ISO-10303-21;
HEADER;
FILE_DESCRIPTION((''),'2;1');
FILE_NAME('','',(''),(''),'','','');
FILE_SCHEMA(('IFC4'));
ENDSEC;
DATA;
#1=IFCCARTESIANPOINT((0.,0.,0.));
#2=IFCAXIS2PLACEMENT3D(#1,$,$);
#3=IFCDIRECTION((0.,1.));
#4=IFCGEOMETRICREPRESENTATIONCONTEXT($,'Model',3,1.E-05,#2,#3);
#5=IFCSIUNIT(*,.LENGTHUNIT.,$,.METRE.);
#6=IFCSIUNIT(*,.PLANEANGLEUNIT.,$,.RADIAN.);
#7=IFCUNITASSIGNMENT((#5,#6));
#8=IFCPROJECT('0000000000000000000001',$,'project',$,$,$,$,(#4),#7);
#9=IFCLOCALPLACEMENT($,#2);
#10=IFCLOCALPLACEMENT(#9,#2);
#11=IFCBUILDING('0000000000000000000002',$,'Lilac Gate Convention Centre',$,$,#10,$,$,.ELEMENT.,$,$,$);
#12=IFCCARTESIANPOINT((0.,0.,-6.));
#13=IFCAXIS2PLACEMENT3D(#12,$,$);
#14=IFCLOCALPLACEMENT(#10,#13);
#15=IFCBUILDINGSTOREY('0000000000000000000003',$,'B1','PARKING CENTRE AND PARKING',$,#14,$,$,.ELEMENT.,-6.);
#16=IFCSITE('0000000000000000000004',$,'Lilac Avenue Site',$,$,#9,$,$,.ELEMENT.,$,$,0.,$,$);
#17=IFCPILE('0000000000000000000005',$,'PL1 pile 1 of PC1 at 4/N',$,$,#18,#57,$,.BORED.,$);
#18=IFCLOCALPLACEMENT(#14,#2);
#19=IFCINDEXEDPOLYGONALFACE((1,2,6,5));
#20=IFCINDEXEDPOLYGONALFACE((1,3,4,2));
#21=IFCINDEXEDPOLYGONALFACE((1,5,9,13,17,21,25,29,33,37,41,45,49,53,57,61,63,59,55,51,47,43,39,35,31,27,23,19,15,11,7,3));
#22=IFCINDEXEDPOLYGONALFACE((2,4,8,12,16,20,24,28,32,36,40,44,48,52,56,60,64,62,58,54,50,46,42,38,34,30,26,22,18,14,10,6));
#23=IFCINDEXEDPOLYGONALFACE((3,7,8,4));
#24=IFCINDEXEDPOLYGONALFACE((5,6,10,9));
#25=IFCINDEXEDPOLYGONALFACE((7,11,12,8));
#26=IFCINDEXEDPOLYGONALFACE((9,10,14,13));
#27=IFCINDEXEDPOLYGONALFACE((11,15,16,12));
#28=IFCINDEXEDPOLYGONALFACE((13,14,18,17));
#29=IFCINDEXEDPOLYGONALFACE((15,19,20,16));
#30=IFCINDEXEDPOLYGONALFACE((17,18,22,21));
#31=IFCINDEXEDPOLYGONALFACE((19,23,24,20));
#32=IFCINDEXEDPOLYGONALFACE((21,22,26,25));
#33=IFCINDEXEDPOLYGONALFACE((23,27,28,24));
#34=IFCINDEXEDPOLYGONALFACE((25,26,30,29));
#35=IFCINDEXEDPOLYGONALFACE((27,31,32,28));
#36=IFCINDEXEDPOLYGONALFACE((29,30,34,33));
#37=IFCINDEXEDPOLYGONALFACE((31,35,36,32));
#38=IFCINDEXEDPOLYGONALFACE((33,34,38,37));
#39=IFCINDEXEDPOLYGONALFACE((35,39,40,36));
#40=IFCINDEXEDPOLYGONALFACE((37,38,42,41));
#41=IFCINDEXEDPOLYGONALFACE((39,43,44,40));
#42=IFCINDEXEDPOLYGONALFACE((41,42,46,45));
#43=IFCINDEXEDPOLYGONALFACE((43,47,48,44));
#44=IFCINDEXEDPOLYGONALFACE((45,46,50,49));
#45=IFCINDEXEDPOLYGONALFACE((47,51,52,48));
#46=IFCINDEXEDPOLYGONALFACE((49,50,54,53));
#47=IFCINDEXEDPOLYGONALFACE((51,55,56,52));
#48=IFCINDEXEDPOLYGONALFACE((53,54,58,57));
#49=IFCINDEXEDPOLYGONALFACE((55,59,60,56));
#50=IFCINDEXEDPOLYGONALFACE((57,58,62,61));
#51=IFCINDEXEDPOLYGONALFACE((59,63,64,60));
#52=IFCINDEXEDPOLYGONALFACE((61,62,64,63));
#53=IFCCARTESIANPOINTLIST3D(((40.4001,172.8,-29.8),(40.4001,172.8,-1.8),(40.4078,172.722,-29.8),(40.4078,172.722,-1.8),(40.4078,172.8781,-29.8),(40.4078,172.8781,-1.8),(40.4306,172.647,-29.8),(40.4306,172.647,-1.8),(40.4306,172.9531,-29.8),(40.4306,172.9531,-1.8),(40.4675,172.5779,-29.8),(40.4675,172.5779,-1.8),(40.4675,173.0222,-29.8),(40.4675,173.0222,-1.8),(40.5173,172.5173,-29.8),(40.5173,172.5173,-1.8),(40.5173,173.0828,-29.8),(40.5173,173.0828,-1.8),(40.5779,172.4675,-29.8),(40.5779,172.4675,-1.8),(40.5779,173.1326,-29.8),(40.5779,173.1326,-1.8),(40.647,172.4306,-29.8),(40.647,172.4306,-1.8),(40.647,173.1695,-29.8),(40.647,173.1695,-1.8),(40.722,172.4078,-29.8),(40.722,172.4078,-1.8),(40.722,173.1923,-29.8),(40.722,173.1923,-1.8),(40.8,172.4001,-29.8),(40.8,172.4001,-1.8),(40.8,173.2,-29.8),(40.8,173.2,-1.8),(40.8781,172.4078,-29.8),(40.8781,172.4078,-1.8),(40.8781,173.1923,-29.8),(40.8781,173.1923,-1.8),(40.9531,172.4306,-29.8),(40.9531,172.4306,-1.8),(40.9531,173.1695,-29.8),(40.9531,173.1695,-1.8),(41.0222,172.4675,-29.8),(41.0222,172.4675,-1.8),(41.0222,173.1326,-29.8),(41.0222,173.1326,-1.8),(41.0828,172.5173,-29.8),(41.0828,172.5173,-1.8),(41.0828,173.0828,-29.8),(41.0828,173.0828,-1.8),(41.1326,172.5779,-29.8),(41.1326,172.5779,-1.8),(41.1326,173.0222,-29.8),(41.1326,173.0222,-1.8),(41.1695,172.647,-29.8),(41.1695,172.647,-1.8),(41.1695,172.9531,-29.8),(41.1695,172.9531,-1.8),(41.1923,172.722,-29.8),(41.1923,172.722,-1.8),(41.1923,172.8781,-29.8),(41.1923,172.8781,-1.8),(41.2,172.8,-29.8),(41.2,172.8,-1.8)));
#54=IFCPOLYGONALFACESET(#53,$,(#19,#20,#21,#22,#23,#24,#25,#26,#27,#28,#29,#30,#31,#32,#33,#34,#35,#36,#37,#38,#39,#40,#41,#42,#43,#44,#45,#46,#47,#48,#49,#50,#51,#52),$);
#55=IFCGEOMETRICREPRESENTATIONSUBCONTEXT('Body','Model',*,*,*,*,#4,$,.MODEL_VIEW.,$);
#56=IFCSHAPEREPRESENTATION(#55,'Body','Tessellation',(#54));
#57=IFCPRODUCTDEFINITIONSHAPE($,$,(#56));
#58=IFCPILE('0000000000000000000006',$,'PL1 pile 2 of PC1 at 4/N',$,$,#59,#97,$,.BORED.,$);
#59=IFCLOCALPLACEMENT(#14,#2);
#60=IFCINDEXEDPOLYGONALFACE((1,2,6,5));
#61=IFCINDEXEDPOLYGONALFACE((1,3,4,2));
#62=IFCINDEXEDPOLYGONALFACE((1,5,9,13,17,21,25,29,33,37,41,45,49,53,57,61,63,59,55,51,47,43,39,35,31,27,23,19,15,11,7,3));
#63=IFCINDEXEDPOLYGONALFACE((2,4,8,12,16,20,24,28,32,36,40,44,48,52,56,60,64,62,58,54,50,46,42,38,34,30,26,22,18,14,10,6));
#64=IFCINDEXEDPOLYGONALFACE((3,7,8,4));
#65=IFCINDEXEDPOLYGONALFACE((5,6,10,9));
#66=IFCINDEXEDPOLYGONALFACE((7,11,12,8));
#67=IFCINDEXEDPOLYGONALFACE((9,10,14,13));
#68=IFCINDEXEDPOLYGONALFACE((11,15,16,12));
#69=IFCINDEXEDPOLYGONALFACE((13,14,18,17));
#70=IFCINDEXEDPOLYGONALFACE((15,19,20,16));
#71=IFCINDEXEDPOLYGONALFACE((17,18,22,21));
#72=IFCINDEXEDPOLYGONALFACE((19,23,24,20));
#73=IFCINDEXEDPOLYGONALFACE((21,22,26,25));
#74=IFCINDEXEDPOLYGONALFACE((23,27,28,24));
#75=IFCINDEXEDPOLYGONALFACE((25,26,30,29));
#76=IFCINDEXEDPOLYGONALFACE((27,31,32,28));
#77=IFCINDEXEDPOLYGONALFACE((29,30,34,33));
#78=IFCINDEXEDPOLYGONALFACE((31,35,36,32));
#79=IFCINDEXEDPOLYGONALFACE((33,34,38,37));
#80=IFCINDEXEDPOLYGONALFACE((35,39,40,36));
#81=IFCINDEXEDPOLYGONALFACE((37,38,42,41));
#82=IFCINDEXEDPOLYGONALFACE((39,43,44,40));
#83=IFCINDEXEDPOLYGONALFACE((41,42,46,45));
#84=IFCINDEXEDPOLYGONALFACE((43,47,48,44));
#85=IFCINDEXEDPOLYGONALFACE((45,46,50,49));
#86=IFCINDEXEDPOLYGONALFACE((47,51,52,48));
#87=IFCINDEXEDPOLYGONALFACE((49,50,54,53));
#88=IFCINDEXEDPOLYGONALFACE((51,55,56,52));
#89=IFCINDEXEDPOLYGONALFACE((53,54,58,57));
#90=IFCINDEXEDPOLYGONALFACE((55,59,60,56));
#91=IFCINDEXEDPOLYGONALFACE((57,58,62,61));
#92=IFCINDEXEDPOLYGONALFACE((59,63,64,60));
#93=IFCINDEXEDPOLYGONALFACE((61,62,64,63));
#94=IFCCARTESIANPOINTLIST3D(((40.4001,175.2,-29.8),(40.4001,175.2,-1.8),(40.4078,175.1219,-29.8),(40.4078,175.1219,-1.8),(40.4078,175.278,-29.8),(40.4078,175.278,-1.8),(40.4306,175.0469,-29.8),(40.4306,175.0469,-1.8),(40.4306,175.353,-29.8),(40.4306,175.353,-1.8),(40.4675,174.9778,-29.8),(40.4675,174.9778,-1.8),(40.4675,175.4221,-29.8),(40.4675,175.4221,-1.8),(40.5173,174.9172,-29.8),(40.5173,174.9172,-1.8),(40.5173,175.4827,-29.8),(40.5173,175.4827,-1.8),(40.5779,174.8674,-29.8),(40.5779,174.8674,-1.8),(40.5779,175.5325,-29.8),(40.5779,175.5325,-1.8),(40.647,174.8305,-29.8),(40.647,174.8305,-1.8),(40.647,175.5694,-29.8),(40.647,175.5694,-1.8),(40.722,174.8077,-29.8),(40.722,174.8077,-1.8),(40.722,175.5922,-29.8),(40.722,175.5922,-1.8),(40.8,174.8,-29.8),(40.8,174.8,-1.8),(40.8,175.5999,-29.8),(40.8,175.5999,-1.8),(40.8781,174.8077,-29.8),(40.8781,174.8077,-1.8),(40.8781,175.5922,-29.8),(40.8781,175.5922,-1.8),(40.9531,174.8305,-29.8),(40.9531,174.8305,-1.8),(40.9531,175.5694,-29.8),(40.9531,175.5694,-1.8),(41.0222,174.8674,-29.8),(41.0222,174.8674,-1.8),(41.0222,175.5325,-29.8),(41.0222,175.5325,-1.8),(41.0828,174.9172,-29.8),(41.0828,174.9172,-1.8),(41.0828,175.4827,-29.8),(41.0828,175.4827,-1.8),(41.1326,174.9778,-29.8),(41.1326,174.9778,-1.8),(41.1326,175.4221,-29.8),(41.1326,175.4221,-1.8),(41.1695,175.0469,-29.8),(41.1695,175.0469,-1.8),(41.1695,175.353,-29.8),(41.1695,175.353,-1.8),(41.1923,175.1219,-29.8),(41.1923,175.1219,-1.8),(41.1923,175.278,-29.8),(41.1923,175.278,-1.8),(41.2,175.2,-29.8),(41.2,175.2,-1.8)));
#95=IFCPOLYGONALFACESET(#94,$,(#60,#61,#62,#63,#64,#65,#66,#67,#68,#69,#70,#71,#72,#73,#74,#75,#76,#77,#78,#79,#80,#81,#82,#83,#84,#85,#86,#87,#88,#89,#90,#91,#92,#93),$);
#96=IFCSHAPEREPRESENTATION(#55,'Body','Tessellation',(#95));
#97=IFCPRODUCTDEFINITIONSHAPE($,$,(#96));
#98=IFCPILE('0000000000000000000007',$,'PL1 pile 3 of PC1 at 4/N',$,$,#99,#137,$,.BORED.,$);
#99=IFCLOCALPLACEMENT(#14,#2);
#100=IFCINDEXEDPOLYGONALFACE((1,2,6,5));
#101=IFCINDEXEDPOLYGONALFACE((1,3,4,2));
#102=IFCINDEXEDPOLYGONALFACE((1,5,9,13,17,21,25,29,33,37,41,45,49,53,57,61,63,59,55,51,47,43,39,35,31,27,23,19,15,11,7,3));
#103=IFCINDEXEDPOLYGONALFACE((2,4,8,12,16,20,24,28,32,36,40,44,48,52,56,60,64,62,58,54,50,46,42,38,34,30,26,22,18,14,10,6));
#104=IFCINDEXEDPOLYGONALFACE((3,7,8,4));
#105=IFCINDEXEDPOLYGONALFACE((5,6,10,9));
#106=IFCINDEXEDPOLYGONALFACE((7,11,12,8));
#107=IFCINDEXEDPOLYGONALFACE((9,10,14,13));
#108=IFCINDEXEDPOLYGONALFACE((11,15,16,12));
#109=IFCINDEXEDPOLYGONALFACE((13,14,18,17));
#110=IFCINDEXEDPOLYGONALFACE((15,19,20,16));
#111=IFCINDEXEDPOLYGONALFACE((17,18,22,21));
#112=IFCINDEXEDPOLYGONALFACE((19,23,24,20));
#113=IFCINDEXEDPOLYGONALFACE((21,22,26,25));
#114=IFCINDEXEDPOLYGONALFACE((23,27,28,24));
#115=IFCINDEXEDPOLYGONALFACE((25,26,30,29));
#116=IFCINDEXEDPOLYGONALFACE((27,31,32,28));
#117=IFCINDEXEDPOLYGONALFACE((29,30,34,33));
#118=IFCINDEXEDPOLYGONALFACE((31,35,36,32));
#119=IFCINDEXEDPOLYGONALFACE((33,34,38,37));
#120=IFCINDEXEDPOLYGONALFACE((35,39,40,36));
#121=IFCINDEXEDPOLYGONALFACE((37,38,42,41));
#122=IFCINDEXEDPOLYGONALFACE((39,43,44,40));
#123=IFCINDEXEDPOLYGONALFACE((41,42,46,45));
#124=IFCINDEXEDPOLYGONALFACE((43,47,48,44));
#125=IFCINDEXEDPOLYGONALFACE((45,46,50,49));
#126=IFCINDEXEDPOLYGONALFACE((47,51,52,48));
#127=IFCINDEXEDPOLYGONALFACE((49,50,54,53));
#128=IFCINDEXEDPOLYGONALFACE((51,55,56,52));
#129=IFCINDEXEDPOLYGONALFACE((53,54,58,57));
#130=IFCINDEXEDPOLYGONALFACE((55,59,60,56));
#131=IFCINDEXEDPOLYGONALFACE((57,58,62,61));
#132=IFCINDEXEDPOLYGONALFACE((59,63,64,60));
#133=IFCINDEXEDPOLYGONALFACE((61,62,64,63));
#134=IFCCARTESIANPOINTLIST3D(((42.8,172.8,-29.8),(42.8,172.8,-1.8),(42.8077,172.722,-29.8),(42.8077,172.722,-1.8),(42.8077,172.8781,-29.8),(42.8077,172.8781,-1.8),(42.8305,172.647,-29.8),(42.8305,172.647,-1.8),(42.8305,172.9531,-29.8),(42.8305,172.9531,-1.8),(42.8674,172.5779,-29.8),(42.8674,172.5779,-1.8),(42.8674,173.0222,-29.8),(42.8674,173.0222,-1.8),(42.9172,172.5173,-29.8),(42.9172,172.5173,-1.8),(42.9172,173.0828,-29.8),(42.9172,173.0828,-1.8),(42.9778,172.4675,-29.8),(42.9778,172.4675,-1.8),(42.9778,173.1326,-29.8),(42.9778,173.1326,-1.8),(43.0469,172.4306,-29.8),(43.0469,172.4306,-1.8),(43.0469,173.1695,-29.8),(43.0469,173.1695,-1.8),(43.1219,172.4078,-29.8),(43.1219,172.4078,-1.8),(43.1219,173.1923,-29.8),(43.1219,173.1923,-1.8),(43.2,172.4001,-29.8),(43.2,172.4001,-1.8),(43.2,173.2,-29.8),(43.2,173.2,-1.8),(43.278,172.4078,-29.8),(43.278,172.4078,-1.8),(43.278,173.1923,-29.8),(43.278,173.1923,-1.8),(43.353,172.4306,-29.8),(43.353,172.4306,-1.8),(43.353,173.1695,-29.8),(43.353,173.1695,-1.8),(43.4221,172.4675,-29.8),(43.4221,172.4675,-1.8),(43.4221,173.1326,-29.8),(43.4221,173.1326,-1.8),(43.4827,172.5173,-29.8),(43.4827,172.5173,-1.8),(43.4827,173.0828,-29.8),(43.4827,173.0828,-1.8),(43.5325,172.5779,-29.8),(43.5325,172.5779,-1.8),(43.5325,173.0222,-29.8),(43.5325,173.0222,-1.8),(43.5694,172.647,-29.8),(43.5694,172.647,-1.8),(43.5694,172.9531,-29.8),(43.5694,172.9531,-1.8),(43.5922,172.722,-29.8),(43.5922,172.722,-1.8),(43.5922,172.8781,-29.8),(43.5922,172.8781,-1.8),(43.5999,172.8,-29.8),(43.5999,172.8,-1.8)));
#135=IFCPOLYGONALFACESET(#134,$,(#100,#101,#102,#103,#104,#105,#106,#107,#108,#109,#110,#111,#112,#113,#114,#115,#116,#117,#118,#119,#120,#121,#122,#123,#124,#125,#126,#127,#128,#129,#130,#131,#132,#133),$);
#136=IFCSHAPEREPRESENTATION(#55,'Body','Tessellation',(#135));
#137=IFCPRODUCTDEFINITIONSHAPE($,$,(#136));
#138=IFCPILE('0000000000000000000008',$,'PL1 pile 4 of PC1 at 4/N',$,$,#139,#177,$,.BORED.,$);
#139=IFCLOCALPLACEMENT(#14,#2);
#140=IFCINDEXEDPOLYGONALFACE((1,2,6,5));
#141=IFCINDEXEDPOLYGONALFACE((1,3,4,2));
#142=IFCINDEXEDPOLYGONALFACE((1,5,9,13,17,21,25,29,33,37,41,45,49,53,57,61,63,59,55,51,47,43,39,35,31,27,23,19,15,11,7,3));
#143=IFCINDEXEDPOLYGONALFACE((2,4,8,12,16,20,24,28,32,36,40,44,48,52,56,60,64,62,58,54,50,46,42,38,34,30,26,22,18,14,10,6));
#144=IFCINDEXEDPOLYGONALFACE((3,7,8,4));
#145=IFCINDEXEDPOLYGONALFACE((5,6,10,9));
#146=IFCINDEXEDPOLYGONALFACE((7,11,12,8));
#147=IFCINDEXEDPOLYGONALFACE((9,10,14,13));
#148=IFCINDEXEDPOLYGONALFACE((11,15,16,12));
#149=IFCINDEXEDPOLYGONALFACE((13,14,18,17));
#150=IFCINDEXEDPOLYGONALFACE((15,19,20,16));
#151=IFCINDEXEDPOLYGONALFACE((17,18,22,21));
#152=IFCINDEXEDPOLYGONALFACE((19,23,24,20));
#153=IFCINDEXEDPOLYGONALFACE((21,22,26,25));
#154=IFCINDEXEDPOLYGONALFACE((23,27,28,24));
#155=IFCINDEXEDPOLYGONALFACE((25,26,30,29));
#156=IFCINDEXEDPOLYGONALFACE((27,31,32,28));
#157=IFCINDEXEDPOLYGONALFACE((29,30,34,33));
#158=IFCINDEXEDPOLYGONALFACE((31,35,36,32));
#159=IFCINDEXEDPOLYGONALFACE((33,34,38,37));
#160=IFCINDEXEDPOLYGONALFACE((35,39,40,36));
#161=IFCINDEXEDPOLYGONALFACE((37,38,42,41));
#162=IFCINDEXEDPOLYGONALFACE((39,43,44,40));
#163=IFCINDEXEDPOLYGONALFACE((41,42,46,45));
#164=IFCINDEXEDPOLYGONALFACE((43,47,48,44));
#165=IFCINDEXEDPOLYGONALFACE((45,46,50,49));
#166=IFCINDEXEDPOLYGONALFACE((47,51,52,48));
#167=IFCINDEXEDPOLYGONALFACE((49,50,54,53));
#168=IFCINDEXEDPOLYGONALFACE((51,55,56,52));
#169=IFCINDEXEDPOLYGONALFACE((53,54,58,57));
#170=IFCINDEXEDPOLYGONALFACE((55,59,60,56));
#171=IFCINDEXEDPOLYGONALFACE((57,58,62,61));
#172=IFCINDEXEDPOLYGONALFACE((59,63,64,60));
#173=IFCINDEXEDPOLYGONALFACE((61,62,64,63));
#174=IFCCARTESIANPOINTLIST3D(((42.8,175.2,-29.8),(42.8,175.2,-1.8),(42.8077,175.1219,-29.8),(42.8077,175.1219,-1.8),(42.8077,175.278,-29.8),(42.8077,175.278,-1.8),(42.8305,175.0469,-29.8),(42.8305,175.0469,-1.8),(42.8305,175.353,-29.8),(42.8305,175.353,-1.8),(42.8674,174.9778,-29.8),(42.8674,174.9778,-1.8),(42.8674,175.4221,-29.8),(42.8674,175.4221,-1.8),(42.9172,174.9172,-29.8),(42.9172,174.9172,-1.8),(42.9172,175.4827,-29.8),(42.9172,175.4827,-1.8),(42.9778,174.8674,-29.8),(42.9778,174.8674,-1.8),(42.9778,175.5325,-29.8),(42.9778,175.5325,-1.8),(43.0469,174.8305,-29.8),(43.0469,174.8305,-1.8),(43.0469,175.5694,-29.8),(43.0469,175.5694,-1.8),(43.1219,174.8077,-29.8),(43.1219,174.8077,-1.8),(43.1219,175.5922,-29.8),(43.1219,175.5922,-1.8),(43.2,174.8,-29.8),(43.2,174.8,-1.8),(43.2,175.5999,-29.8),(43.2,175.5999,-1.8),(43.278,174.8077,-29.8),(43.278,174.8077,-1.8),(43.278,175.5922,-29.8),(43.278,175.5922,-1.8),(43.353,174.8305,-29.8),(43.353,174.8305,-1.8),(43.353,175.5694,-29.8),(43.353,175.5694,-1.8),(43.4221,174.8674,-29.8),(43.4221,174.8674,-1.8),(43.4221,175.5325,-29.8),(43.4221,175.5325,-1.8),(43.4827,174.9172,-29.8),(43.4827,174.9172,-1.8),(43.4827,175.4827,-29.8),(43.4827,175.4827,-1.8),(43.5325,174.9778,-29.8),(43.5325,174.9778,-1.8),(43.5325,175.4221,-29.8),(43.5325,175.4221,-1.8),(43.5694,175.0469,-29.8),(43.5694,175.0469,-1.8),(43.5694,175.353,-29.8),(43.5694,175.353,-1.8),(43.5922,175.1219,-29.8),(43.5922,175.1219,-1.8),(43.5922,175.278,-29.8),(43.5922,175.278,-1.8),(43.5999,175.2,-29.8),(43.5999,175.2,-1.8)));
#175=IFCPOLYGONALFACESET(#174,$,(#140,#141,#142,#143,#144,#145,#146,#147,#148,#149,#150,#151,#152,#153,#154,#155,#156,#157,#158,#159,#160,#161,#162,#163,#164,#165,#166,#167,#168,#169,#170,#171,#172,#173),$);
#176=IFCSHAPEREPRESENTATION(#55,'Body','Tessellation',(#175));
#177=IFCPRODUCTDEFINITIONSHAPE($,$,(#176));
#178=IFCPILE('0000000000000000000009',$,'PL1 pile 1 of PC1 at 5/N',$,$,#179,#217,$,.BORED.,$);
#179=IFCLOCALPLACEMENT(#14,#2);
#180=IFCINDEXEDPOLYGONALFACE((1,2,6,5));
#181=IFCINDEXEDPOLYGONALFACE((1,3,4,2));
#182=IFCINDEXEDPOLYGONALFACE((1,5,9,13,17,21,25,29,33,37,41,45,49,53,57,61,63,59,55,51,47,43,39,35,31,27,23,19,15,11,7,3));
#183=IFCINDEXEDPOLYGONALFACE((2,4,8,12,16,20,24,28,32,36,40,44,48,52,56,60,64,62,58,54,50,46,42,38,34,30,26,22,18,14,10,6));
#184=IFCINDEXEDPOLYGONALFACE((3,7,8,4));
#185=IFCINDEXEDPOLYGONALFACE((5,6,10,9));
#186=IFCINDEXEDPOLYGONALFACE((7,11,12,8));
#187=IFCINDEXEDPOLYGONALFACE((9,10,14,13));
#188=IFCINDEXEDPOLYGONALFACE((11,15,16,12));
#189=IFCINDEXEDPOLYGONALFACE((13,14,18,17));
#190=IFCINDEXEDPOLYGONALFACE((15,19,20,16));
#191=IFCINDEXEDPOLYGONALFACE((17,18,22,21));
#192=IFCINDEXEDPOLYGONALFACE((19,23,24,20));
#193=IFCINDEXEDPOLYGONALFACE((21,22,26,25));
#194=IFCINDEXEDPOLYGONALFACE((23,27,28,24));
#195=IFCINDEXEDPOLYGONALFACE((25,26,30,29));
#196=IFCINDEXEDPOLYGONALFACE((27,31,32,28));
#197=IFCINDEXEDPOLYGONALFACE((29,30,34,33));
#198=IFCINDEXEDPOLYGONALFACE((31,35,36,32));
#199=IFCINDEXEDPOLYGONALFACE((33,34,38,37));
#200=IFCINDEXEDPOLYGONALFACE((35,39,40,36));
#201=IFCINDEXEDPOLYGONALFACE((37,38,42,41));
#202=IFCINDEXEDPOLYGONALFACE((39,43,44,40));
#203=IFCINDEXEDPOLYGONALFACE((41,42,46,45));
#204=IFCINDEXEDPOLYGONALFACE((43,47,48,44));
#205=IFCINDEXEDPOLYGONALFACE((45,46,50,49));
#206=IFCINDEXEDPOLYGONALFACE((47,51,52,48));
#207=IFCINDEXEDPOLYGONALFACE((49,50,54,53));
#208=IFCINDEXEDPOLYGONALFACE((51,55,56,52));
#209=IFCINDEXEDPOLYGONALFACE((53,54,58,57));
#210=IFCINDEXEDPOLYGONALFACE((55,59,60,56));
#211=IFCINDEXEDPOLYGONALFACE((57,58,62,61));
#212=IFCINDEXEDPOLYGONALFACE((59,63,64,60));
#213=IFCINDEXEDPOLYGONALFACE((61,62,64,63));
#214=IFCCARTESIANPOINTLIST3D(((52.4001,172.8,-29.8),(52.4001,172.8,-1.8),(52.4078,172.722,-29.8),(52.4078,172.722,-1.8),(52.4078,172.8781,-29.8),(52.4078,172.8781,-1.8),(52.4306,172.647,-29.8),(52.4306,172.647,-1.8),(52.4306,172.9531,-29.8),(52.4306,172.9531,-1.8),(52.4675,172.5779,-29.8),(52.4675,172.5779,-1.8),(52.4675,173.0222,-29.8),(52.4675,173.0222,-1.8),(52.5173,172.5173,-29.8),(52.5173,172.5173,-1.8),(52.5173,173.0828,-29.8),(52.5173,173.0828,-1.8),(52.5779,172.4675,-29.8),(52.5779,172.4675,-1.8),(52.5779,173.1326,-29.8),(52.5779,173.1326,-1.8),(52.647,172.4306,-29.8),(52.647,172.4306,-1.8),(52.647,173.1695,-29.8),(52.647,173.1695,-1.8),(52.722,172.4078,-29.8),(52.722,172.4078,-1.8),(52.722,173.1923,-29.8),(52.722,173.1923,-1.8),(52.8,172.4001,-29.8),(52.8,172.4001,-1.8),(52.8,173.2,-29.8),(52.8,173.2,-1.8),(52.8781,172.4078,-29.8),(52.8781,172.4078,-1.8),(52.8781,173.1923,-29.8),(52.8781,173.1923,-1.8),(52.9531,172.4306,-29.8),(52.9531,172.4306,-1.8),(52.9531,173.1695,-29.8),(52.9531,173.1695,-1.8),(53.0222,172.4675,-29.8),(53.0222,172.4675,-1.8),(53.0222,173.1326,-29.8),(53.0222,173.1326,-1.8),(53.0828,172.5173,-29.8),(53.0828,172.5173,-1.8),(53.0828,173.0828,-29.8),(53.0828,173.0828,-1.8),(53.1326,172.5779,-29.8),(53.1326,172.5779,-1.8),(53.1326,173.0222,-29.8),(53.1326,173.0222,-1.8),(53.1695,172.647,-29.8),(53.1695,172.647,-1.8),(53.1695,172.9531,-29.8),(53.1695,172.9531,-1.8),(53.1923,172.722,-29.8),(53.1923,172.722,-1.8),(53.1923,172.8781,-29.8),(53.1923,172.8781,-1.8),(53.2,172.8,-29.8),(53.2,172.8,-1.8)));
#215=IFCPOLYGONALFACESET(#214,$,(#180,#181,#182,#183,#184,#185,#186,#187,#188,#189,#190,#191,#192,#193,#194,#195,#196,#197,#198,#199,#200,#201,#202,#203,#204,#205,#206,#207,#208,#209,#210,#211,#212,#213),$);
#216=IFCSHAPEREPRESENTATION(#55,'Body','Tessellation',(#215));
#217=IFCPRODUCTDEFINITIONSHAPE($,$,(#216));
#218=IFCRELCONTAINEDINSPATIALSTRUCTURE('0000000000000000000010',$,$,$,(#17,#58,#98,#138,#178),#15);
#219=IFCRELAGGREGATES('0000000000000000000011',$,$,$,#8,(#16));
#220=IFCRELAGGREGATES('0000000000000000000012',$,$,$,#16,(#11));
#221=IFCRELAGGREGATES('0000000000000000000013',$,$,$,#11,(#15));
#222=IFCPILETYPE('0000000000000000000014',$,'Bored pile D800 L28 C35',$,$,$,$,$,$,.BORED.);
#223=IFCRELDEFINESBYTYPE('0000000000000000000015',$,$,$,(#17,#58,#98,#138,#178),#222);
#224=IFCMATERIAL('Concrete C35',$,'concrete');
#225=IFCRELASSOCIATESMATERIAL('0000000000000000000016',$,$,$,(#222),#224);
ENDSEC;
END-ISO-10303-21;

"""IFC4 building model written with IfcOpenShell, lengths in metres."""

from ifc_helpers import new_model, si_unit, direction, frame, origin, origin_2d, place, context, subcontext, project, spatial, circle, extrude, material, material_profile, profile_set, type_object, element, save


model = new_model("IFC4")

# Units and contexts
model_context = context("Model", 3, precision=1e-05, world=origin(), true_north=direction((0.0, 1.0)))
body_context = subcontext(model_context, "Body", "Model", "MODEL_VIEW")
ifc_project = project(units=[si_unit("LENGTHUNIT", "METRE"), si_unit("PLANEANGLEUNIT", "RADIAN")], contexts=[model_context])

# Site, building, storey
site_placement = place(None, origin())
site = spatial("IfcSite", under=ifc_project, at=site_placement, Name="Lilac Avenue Site", CompositionType="ELEMENT", RefElevation=0.0)
building_placement = place(site_placement, origin())
building = spatial("IfcBuilding", under=site, at=building_placement, Name="Lilac Gate Convention Centre", CompositionType="ELEMENT")
storey_placement = place(building_placement, frame((0.0, 0.0, -6.0)))
storey = spatial("IfcBuildingStorey", under=building, at=storey_placement, Name="B1", Description="PARKING CENTRE AND PARKING", CompositionType="ELEMENT", Elevation=-6.0)

# Piles
ifc_material_1 = material(Name="Concrete C35", Category="concrete")
ifc_material_profile_1 = material_profile(ifc_material_1, circle(Radius=0.3999, at=origin_2d()), Name="D800")
ifc_profile_set_1 = profile_set([ifc_material_profile_1], Name="Concrete C35")
pile_type = type_object("IfcPileType", Name="Bored pile D800 L28 C35", PredefinedType="BORED", material=ifc_profile_set_1)
for number, where, z_axis, x_axis, name in (
    (1, (40.8, 172.8, -1.8), (0.0, 0.0, -1.0), (1.0, 0.0, 0.0), "PL1 pile 1 of PC1 at 4/N"),
    (2, (40.8, 175.2, -1.8), (0.0, 0.0, -1.0), (1.0, 0.0, 0.0), "PL1 pile 2 of PC1 at 4/N"),
    (3, (43.2, 172.8, -1.8), (0.0, 0.0, -1.0), (1.0, 0.0, 0.0), "PL1 pile 3 of PC1 at 4/N"),
    (4, (43.2, 175.2, -1.8), (0.0, 0.0, -1.0), (1.0, 0.0, 0.0), "PL1 pile 4 of PC1 at 4/N"),
    (5, (52.8, 172.8, -1.8), (0.0, 0.0, -1.0), (1.0, 0.0, 0.0), "PL1 pile 1 of PC1 at 5/N"),
):
    element("IfcPile", number, at=place(storey_placement, frame(where, z_axis=z_axis, x_axis=x_axis)), inside=storey, type_object=pile_type, Name=name, PredefinedType="BORED", context=body_context, shape_type="SweptSolid", body=[
        extrude(circle(Radius=0.3999, at=origin_2d()), origin(), (0.0, 0.0, 1.0), 28.0),
    ])

save(model, "model.ifc")
